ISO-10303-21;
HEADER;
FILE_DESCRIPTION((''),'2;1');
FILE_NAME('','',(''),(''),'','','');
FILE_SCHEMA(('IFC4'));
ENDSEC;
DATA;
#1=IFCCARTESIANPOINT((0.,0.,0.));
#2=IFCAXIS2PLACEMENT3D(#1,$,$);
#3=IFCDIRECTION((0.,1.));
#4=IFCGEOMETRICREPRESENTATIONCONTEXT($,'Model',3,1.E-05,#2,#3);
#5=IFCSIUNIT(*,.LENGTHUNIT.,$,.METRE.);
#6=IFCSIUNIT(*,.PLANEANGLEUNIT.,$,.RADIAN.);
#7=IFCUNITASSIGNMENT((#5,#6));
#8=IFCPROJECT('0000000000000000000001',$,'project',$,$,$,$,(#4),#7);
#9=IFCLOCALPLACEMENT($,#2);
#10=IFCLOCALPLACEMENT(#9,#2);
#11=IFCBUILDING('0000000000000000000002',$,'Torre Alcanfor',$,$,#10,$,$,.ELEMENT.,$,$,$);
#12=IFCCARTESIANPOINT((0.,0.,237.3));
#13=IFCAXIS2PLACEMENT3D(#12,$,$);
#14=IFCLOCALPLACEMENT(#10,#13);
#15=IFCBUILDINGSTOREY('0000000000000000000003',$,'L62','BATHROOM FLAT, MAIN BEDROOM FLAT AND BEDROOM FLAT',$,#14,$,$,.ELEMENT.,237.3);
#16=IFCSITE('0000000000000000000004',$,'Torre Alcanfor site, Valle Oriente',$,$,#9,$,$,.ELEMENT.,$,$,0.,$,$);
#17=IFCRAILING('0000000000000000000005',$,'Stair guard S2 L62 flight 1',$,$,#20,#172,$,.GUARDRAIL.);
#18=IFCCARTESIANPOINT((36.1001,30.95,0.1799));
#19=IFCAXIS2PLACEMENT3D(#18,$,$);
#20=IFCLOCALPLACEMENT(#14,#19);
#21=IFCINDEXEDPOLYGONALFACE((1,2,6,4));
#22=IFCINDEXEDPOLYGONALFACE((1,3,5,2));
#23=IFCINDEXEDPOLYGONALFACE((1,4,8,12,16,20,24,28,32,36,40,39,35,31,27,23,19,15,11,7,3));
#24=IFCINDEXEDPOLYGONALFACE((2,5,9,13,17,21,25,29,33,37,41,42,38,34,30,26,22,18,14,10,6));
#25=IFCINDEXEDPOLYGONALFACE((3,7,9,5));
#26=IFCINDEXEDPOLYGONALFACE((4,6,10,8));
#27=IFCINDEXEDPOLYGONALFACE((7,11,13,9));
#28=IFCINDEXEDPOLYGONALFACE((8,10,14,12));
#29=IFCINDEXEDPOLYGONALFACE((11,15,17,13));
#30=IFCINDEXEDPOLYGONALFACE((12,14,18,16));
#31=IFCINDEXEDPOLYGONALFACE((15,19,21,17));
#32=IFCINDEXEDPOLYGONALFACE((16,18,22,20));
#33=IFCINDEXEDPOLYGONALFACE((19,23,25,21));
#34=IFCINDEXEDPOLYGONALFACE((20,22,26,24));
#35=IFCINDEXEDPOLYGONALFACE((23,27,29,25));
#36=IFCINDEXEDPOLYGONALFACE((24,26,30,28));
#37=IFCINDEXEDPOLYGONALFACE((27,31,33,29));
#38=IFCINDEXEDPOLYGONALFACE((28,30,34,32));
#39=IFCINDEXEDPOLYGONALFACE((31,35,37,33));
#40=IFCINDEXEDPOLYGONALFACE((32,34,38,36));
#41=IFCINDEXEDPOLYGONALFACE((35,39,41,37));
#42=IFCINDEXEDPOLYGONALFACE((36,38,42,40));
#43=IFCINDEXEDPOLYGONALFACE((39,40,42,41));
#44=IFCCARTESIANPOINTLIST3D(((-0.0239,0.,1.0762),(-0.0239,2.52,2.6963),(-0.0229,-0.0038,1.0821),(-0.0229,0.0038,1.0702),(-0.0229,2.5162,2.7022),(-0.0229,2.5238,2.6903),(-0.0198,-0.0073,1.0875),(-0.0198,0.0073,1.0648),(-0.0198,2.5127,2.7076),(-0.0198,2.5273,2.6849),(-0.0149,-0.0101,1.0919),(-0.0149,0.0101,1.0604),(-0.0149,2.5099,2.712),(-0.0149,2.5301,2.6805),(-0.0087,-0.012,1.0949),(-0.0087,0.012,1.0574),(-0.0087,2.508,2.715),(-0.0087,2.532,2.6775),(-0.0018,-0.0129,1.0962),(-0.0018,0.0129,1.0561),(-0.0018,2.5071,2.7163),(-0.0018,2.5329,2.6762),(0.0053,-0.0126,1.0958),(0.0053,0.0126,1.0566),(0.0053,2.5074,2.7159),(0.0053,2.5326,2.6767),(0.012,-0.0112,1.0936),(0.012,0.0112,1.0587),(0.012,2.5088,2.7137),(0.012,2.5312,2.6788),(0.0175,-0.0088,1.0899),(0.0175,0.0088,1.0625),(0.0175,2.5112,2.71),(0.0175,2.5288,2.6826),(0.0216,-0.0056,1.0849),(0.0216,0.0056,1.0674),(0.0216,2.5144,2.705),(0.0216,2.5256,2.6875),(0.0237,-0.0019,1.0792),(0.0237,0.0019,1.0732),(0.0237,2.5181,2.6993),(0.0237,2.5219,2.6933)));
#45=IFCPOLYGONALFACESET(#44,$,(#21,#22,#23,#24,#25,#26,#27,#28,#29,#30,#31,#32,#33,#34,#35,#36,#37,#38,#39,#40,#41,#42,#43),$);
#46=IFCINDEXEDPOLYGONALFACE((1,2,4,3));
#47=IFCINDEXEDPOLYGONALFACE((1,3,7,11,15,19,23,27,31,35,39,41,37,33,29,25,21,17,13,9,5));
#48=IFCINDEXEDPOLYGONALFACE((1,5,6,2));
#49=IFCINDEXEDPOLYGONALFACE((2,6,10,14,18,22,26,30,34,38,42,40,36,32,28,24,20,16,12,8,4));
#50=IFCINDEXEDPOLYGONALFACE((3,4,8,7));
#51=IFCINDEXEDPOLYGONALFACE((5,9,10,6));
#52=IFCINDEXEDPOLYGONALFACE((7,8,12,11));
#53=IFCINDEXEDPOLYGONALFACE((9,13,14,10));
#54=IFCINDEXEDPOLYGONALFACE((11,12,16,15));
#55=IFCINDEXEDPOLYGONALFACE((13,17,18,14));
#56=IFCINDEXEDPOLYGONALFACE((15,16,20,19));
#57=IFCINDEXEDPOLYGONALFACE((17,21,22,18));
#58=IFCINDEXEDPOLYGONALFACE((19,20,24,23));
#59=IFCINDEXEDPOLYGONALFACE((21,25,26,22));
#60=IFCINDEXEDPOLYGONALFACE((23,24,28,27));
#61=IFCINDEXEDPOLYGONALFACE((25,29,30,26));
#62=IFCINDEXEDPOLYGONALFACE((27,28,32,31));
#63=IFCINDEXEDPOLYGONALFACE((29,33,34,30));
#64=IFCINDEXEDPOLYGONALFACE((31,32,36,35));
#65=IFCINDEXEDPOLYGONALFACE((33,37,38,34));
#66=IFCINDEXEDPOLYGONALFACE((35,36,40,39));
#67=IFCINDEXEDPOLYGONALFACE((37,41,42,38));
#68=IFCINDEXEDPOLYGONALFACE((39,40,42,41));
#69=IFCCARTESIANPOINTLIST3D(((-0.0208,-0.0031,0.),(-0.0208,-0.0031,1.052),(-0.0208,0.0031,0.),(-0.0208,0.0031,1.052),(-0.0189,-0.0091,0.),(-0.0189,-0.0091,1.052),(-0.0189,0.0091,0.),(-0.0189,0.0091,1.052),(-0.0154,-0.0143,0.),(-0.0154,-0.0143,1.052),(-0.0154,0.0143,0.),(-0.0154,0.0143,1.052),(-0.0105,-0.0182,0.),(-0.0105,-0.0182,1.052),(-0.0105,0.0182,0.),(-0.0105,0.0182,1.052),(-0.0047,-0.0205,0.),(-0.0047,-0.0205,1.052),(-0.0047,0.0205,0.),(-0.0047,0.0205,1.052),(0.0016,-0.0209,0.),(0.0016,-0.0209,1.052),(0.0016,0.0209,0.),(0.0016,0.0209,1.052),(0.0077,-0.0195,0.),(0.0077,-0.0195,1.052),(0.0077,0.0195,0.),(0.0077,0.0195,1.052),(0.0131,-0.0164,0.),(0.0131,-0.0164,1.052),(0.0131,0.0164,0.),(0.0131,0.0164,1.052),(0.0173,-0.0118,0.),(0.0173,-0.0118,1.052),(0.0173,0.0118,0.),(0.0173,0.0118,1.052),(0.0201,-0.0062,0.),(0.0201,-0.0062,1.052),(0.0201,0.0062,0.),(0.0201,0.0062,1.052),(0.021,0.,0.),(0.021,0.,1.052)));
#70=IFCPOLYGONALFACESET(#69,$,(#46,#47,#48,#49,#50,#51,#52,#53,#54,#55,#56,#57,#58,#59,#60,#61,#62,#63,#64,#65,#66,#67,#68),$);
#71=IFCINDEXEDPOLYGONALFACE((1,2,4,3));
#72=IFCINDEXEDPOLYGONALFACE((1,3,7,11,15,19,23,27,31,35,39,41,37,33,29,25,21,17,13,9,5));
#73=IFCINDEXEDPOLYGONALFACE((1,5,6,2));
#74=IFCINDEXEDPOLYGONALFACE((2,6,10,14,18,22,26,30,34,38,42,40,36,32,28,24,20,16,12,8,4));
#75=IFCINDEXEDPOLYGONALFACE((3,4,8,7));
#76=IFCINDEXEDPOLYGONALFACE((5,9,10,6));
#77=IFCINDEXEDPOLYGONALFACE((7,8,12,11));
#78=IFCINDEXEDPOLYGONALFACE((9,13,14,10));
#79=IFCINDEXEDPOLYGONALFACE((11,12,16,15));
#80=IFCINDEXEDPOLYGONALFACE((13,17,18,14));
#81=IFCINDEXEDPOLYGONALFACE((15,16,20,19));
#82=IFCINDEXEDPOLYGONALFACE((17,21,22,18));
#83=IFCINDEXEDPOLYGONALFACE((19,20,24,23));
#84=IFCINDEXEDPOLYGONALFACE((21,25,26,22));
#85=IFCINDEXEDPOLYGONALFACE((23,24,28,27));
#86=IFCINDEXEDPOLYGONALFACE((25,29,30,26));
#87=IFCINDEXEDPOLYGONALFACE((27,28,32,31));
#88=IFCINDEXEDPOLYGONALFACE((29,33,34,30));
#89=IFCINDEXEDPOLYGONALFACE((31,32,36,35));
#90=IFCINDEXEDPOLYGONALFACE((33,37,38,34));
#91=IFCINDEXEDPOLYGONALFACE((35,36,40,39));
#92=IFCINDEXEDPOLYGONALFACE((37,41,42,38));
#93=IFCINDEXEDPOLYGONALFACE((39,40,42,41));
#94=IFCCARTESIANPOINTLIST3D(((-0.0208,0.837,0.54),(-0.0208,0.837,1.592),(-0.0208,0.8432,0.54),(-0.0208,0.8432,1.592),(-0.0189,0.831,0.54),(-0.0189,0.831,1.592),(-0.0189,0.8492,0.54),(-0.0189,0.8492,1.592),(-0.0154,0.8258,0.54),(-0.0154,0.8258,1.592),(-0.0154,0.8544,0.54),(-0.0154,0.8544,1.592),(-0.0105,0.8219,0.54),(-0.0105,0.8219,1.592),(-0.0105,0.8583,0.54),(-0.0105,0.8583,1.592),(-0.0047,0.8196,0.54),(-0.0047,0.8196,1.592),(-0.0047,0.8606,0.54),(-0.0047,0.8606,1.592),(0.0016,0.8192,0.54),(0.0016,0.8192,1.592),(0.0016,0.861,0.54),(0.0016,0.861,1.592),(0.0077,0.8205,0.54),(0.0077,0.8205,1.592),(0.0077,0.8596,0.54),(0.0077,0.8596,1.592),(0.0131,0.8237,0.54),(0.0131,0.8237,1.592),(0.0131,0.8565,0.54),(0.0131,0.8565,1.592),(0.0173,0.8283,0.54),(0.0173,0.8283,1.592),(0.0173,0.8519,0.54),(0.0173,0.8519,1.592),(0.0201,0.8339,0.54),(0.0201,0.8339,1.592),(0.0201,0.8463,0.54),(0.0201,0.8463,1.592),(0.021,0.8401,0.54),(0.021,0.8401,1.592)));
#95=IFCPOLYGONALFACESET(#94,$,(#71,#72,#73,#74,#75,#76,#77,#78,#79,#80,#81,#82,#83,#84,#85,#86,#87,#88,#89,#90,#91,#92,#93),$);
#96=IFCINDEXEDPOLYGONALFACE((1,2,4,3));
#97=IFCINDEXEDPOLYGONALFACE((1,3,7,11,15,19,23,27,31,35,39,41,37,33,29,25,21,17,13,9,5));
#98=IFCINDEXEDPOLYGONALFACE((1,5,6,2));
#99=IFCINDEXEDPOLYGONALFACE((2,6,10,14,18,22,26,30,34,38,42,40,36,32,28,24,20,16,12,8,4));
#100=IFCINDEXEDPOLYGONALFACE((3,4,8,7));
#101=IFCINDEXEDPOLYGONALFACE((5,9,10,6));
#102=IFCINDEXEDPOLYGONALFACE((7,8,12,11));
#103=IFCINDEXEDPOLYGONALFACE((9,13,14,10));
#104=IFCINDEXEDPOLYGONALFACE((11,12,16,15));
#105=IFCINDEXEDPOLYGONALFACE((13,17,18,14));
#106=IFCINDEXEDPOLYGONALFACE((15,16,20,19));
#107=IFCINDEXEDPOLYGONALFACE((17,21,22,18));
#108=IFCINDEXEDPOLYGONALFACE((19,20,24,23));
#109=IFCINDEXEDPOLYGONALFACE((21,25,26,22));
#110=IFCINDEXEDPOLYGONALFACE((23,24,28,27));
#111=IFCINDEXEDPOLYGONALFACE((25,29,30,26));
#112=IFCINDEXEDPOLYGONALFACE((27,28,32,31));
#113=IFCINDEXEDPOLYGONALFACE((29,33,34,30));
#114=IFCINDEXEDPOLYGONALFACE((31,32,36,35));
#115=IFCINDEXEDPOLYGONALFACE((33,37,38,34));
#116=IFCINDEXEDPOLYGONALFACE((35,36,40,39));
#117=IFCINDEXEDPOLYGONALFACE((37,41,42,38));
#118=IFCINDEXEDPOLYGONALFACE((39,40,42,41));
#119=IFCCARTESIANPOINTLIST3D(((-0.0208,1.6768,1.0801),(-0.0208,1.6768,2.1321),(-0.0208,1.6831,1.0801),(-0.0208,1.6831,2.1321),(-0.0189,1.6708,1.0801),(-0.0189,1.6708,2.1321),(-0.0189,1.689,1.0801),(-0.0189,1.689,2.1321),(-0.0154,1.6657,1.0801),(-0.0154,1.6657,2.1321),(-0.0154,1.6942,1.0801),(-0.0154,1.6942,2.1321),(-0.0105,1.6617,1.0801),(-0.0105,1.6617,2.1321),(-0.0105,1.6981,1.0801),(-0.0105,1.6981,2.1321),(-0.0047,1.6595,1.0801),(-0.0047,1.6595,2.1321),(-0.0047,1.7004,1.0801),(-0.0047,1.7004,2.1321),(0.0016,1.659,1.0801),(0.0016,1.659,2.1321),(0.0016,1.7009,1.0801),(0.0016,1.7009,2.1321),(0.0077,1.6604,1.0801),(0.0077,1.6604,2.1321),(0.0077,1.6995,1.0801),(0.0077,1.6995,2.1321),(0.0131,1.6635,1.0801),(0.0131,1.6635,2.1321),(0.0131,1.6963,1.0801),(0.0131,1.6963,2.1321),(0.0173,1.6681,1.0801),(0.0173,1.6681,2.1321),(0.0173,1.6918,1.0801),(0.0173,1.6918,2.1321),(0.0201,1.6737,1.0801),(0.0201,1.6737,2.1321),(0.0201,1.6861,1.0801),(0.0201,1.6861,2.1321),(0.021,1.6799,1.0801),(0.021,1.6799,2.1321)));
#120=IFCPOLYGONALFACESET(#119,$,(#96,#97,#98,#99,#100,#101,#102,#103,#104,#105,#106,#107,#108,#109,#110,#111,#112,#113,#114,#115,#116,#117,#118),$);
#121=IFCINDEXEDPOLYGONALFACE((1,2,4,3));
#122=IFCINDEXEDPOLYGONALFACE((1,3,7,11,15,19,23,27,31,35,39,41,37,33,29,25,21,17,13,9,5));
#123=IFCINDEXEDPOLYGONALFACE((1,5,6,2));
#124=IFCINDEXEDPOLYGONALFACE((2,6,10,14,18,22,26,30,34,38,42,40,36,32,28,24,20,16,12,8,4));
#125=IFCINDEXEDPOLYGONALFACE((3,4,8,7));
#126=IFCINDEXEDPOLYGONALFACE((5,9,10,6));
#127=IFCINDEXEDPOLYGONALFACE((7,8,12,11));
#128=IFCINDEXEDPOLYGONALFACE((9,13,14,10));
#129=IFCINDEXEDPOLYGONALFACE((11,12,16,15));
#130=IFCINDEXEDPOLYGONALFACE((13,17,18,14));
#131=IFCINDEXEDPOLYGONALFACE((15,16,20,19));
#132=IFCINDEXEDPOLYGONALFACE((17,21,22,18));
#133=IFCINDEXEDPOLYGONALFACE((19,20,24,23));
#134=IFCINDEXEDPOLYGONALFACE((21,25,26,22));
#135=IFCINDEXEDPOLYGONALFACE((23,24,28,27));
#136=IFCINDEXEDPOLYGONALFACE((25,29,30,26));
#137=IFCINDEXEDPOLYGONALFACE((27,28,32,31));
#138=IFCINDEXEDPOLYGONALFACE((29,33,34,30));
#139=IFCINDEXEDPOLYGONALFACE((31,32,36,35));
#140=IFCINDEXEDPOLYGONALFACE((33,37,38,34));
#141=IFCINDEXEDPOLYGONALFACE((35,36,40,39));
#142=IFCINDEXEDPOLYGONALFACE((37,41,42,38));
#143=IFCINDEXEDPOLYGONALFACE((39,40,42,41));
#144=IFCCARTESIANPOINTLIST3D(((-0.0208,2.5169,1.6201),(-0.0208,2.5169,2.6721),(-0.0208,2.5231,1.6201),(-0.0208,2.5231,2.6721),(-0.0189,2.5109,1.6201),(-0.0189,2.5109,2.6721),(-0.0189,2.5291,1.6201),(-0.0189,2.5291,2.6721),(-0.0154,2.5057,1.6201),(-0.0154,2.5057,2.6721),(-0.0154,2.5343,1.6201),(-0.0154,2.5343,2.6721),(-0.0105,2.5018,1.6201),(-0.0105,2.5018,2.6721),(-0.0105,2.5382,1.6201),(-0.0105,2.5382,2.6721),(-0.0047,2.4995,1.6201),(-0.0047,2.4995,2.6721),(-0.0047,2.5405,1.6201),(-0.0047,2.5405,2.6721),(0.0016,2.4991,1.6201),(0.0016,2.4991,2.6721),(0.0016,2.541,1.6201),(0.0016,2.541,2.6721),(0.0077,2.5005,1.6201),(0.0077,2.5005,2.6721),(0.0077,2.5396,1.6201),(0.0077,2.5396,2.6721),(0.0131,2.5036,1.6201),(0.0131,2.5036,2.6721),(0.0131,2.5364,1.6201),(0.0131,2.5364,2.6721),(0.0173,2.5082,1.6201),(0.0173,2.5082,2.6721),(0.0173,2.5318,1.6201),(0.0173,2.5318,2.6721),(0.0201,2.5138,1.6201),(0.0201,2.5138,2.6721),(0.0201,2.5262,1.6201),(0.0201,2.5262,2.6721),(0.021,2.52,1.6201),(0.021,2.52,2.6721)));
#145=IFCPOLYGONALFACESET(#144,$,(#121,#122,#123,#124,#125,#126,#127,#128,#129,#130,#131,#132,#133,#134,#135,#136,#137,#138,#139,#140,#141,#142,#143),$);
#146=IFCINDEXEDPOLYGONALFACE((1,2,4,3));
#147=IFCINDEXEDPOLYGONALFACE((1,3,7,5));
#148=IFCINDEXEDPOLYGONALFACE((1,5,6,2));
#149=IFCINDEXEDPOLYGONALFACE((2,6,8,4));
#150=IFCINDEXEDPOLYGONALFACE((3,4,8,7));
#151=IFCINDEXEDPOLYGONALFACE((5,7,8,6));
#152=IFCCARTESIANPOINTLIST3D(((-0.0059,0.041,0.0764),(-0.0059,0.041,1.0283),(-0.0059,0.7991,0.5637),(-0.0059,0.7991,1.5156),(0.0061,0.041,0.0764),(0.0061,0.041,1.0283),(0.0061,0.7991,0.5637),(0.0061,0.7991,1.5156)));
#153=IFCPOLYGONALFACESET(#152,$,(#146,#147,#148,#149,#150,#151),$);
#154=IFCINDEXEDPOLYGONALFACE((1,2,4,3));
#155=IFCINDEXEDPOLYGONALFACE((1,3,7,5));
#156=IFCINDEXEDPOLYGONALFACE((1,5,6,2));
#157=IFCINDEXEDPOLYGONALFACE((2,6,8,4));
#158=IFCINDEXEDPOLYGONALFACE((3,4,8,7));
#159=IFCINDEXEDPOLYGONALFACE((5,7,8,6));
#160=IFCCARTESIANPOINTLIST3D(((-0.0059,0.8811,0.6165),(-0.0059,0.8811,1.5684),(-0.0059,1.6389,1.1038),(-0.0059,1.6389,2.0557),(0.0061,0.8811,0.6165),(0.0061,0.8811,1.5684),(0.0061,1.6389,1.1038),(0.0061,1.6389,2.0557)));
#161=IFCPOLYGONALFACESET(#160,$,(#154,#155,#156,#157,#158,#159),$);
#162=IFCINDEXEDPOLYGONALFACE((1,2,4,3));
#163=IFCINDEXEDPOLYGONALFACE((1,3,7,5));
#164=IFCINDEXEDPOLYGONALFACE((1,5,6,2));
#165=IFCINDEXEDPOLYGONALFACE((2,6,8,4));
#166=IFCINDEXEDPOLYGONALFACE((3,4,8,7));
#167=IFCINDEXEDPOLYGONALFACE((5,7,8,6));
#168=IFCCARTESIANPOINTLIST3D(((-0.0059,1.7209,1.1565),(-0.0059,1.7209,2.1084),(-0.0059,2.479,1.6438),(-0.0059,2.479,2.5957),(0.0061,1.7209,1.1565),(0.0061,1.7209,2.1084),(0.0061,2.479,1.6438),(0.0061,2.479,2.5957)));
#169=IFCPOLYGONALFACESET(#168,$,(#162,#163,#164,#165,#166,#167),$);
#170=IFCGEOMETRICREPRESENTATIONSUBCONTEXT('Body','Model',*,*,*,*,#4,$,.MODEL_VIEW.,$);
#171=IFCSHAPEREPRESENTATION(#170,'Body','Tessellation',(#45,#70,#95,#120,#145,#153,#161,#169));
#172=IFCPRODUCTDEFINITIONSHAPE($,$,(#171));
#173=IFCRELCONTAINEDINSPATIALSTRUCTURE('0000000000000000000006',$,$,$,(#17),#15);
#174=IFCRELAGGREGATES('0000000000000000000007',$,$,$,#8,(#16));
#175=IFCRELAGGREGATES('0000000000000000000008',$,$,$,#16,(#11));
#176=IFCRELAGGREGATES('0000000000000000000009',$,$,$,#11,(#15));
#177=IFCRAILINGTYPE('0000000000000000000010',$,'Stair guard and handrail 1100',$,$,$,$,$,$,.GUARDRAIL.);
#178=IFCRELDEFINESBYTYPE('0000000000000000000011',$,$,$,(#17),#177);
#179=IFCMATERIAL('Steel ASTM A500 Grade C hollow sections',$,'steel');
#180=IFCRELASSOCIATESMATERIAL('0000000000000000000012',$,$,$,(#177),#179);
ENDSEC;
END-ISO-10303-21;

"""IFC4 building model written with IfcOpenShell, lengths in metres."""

from ifc_helpers import new_model, si_unit, direction, frame, origin, origin_2d, place, context, subcontext, project, spatial, polyline, circle, outline, extrude, material, type_object, element, save


model = new_model("IFC4")

# Units and contexts
model_context = context("Model", 3, precision=1e-05, world=origin(), true_north=direction((0.0, 1.0)))
body_context = subcontext(model_context, "Body", "Model", "MODEL_VIEW")
ifc_project = project(units=[si_unit("LENGTHUNIT", "METRE"), si_unit("PLANEANGLEUNIT", "RADIAN")], contexts=[model_context])

# Site, building, storey
site_placement = place(None, origin())
site = spatial("IfcSite", under=ifc_project, at=site_placement, Name="Torre Alcanfor site, Valle Oriente", CompositionType="ELEMENT", RefElevation=0.0)
building_placement = place(site_placement, origin())
building = spatial("IfcBuilding", under=site, at=building_placement, Name="Torre Alcanfor", CompositionType="ELEMENT")
storey_placement = place(building_placement, frame((0.0, 0.0, 237.3)))
storey = spatial("IfcBuildingStorey", under=building, at=storey_placement, Name="L62", Description="BATHROOM FLAT, MAIN BEDROOM FLAT AND BEDROOM FLAT", CompositionType="ELEMENT", Elevation=237.3)

# Railing
ifc_material_1 = material(Name="Steel ASTM A500 Grade C hollow sections", Category="steel")
railing_type_1 = type_object("IfcRailingType", Name="Stair guard and handrail 1100", PredefinedType="GUARDRAIL", material=ifc_material_1)
railing_1_placement = place(storey_placement, frame((36.1001, 30.95, 0.1799)))
element("IfcRailing", 1, at=railing_1_placement, inside=storey, type_object=railing_type_1, Name="Stair guard S2 L62 flight 1", PredefinedType="GUARDRAIL", context=body_context, shape_type="SweptSolid", body=[
    extrude(circle(Radius=0.0239, at=origin_2d()), frame((0.0, 0.0, 1.0762), z_axis=(0.0, 0.841163, 0.540782), x_axis=(-1.0, 0.0, 0.0)), (0.0, 0.0, 1.0), 2.9958),
    extrude(circle(Radius=0.021, at=origin_2d()), origin(), (0.0, 0.0, 1.0), 1.052),
    extrude(circle(Radius=0.021, at=origin_2d()), frame((0.0, 0.8401, 0.54)), (0.0, 0.0, 1.0), 1.052),
    extrude(circle(Radius=0.021, at=origin_2d()), frame((0.0, 1.6799, 1.0801)), (0.0, 0.0, 1.0), 1.052),
    extrude(circle(Radius=0.021, at=origin_2d()), frame((0.0, 2.52, 1.6201)), (0.0, 0.0, 1.0), 1.052),
    extrude(outline(polyline([(0.041, 0.0764), (0.7991, 0.5637), (0.7991, 1.5156), (0.041, 1.0283), (0.041, 0.0764)])), frame((-0.0059, 0.0, 0.0), z_axis=(1.0, 0.0, 0.0), x_axis=(0.0, 1.0, 0.0)), (0.0, 0.0, 1.0), 0.012),
    extrude(outline(polyline([(0.8811, 0.6165), (1.6389, 1.1038), (1.6389, 2.0557), (0.8811, 1.5684), (0.8811, 0.6165)])), frame((-0.0059, 0.0, 0.0), z_axis=(1.0, 0.0, 0.0), x_axis=(0.0, 1.0, 0.0)), (0.0, 0.0, 1.0), 0.012),
    extrude(outline(polyline([(1.7209, 1.1565), (2.479, 1.6438), (2.479, 2.5957), (1.7209, 2.1084), (1.7209, 1.1565)])), frame((-0.0059, 0.0, 0.0), z_axis=(1.0, 0.0, 0.0), x_axis=(0.0, 1.0, 0.0)), (0.0, 0.0, 1.0), 0.012),
])

save(model, "model.ifc")
